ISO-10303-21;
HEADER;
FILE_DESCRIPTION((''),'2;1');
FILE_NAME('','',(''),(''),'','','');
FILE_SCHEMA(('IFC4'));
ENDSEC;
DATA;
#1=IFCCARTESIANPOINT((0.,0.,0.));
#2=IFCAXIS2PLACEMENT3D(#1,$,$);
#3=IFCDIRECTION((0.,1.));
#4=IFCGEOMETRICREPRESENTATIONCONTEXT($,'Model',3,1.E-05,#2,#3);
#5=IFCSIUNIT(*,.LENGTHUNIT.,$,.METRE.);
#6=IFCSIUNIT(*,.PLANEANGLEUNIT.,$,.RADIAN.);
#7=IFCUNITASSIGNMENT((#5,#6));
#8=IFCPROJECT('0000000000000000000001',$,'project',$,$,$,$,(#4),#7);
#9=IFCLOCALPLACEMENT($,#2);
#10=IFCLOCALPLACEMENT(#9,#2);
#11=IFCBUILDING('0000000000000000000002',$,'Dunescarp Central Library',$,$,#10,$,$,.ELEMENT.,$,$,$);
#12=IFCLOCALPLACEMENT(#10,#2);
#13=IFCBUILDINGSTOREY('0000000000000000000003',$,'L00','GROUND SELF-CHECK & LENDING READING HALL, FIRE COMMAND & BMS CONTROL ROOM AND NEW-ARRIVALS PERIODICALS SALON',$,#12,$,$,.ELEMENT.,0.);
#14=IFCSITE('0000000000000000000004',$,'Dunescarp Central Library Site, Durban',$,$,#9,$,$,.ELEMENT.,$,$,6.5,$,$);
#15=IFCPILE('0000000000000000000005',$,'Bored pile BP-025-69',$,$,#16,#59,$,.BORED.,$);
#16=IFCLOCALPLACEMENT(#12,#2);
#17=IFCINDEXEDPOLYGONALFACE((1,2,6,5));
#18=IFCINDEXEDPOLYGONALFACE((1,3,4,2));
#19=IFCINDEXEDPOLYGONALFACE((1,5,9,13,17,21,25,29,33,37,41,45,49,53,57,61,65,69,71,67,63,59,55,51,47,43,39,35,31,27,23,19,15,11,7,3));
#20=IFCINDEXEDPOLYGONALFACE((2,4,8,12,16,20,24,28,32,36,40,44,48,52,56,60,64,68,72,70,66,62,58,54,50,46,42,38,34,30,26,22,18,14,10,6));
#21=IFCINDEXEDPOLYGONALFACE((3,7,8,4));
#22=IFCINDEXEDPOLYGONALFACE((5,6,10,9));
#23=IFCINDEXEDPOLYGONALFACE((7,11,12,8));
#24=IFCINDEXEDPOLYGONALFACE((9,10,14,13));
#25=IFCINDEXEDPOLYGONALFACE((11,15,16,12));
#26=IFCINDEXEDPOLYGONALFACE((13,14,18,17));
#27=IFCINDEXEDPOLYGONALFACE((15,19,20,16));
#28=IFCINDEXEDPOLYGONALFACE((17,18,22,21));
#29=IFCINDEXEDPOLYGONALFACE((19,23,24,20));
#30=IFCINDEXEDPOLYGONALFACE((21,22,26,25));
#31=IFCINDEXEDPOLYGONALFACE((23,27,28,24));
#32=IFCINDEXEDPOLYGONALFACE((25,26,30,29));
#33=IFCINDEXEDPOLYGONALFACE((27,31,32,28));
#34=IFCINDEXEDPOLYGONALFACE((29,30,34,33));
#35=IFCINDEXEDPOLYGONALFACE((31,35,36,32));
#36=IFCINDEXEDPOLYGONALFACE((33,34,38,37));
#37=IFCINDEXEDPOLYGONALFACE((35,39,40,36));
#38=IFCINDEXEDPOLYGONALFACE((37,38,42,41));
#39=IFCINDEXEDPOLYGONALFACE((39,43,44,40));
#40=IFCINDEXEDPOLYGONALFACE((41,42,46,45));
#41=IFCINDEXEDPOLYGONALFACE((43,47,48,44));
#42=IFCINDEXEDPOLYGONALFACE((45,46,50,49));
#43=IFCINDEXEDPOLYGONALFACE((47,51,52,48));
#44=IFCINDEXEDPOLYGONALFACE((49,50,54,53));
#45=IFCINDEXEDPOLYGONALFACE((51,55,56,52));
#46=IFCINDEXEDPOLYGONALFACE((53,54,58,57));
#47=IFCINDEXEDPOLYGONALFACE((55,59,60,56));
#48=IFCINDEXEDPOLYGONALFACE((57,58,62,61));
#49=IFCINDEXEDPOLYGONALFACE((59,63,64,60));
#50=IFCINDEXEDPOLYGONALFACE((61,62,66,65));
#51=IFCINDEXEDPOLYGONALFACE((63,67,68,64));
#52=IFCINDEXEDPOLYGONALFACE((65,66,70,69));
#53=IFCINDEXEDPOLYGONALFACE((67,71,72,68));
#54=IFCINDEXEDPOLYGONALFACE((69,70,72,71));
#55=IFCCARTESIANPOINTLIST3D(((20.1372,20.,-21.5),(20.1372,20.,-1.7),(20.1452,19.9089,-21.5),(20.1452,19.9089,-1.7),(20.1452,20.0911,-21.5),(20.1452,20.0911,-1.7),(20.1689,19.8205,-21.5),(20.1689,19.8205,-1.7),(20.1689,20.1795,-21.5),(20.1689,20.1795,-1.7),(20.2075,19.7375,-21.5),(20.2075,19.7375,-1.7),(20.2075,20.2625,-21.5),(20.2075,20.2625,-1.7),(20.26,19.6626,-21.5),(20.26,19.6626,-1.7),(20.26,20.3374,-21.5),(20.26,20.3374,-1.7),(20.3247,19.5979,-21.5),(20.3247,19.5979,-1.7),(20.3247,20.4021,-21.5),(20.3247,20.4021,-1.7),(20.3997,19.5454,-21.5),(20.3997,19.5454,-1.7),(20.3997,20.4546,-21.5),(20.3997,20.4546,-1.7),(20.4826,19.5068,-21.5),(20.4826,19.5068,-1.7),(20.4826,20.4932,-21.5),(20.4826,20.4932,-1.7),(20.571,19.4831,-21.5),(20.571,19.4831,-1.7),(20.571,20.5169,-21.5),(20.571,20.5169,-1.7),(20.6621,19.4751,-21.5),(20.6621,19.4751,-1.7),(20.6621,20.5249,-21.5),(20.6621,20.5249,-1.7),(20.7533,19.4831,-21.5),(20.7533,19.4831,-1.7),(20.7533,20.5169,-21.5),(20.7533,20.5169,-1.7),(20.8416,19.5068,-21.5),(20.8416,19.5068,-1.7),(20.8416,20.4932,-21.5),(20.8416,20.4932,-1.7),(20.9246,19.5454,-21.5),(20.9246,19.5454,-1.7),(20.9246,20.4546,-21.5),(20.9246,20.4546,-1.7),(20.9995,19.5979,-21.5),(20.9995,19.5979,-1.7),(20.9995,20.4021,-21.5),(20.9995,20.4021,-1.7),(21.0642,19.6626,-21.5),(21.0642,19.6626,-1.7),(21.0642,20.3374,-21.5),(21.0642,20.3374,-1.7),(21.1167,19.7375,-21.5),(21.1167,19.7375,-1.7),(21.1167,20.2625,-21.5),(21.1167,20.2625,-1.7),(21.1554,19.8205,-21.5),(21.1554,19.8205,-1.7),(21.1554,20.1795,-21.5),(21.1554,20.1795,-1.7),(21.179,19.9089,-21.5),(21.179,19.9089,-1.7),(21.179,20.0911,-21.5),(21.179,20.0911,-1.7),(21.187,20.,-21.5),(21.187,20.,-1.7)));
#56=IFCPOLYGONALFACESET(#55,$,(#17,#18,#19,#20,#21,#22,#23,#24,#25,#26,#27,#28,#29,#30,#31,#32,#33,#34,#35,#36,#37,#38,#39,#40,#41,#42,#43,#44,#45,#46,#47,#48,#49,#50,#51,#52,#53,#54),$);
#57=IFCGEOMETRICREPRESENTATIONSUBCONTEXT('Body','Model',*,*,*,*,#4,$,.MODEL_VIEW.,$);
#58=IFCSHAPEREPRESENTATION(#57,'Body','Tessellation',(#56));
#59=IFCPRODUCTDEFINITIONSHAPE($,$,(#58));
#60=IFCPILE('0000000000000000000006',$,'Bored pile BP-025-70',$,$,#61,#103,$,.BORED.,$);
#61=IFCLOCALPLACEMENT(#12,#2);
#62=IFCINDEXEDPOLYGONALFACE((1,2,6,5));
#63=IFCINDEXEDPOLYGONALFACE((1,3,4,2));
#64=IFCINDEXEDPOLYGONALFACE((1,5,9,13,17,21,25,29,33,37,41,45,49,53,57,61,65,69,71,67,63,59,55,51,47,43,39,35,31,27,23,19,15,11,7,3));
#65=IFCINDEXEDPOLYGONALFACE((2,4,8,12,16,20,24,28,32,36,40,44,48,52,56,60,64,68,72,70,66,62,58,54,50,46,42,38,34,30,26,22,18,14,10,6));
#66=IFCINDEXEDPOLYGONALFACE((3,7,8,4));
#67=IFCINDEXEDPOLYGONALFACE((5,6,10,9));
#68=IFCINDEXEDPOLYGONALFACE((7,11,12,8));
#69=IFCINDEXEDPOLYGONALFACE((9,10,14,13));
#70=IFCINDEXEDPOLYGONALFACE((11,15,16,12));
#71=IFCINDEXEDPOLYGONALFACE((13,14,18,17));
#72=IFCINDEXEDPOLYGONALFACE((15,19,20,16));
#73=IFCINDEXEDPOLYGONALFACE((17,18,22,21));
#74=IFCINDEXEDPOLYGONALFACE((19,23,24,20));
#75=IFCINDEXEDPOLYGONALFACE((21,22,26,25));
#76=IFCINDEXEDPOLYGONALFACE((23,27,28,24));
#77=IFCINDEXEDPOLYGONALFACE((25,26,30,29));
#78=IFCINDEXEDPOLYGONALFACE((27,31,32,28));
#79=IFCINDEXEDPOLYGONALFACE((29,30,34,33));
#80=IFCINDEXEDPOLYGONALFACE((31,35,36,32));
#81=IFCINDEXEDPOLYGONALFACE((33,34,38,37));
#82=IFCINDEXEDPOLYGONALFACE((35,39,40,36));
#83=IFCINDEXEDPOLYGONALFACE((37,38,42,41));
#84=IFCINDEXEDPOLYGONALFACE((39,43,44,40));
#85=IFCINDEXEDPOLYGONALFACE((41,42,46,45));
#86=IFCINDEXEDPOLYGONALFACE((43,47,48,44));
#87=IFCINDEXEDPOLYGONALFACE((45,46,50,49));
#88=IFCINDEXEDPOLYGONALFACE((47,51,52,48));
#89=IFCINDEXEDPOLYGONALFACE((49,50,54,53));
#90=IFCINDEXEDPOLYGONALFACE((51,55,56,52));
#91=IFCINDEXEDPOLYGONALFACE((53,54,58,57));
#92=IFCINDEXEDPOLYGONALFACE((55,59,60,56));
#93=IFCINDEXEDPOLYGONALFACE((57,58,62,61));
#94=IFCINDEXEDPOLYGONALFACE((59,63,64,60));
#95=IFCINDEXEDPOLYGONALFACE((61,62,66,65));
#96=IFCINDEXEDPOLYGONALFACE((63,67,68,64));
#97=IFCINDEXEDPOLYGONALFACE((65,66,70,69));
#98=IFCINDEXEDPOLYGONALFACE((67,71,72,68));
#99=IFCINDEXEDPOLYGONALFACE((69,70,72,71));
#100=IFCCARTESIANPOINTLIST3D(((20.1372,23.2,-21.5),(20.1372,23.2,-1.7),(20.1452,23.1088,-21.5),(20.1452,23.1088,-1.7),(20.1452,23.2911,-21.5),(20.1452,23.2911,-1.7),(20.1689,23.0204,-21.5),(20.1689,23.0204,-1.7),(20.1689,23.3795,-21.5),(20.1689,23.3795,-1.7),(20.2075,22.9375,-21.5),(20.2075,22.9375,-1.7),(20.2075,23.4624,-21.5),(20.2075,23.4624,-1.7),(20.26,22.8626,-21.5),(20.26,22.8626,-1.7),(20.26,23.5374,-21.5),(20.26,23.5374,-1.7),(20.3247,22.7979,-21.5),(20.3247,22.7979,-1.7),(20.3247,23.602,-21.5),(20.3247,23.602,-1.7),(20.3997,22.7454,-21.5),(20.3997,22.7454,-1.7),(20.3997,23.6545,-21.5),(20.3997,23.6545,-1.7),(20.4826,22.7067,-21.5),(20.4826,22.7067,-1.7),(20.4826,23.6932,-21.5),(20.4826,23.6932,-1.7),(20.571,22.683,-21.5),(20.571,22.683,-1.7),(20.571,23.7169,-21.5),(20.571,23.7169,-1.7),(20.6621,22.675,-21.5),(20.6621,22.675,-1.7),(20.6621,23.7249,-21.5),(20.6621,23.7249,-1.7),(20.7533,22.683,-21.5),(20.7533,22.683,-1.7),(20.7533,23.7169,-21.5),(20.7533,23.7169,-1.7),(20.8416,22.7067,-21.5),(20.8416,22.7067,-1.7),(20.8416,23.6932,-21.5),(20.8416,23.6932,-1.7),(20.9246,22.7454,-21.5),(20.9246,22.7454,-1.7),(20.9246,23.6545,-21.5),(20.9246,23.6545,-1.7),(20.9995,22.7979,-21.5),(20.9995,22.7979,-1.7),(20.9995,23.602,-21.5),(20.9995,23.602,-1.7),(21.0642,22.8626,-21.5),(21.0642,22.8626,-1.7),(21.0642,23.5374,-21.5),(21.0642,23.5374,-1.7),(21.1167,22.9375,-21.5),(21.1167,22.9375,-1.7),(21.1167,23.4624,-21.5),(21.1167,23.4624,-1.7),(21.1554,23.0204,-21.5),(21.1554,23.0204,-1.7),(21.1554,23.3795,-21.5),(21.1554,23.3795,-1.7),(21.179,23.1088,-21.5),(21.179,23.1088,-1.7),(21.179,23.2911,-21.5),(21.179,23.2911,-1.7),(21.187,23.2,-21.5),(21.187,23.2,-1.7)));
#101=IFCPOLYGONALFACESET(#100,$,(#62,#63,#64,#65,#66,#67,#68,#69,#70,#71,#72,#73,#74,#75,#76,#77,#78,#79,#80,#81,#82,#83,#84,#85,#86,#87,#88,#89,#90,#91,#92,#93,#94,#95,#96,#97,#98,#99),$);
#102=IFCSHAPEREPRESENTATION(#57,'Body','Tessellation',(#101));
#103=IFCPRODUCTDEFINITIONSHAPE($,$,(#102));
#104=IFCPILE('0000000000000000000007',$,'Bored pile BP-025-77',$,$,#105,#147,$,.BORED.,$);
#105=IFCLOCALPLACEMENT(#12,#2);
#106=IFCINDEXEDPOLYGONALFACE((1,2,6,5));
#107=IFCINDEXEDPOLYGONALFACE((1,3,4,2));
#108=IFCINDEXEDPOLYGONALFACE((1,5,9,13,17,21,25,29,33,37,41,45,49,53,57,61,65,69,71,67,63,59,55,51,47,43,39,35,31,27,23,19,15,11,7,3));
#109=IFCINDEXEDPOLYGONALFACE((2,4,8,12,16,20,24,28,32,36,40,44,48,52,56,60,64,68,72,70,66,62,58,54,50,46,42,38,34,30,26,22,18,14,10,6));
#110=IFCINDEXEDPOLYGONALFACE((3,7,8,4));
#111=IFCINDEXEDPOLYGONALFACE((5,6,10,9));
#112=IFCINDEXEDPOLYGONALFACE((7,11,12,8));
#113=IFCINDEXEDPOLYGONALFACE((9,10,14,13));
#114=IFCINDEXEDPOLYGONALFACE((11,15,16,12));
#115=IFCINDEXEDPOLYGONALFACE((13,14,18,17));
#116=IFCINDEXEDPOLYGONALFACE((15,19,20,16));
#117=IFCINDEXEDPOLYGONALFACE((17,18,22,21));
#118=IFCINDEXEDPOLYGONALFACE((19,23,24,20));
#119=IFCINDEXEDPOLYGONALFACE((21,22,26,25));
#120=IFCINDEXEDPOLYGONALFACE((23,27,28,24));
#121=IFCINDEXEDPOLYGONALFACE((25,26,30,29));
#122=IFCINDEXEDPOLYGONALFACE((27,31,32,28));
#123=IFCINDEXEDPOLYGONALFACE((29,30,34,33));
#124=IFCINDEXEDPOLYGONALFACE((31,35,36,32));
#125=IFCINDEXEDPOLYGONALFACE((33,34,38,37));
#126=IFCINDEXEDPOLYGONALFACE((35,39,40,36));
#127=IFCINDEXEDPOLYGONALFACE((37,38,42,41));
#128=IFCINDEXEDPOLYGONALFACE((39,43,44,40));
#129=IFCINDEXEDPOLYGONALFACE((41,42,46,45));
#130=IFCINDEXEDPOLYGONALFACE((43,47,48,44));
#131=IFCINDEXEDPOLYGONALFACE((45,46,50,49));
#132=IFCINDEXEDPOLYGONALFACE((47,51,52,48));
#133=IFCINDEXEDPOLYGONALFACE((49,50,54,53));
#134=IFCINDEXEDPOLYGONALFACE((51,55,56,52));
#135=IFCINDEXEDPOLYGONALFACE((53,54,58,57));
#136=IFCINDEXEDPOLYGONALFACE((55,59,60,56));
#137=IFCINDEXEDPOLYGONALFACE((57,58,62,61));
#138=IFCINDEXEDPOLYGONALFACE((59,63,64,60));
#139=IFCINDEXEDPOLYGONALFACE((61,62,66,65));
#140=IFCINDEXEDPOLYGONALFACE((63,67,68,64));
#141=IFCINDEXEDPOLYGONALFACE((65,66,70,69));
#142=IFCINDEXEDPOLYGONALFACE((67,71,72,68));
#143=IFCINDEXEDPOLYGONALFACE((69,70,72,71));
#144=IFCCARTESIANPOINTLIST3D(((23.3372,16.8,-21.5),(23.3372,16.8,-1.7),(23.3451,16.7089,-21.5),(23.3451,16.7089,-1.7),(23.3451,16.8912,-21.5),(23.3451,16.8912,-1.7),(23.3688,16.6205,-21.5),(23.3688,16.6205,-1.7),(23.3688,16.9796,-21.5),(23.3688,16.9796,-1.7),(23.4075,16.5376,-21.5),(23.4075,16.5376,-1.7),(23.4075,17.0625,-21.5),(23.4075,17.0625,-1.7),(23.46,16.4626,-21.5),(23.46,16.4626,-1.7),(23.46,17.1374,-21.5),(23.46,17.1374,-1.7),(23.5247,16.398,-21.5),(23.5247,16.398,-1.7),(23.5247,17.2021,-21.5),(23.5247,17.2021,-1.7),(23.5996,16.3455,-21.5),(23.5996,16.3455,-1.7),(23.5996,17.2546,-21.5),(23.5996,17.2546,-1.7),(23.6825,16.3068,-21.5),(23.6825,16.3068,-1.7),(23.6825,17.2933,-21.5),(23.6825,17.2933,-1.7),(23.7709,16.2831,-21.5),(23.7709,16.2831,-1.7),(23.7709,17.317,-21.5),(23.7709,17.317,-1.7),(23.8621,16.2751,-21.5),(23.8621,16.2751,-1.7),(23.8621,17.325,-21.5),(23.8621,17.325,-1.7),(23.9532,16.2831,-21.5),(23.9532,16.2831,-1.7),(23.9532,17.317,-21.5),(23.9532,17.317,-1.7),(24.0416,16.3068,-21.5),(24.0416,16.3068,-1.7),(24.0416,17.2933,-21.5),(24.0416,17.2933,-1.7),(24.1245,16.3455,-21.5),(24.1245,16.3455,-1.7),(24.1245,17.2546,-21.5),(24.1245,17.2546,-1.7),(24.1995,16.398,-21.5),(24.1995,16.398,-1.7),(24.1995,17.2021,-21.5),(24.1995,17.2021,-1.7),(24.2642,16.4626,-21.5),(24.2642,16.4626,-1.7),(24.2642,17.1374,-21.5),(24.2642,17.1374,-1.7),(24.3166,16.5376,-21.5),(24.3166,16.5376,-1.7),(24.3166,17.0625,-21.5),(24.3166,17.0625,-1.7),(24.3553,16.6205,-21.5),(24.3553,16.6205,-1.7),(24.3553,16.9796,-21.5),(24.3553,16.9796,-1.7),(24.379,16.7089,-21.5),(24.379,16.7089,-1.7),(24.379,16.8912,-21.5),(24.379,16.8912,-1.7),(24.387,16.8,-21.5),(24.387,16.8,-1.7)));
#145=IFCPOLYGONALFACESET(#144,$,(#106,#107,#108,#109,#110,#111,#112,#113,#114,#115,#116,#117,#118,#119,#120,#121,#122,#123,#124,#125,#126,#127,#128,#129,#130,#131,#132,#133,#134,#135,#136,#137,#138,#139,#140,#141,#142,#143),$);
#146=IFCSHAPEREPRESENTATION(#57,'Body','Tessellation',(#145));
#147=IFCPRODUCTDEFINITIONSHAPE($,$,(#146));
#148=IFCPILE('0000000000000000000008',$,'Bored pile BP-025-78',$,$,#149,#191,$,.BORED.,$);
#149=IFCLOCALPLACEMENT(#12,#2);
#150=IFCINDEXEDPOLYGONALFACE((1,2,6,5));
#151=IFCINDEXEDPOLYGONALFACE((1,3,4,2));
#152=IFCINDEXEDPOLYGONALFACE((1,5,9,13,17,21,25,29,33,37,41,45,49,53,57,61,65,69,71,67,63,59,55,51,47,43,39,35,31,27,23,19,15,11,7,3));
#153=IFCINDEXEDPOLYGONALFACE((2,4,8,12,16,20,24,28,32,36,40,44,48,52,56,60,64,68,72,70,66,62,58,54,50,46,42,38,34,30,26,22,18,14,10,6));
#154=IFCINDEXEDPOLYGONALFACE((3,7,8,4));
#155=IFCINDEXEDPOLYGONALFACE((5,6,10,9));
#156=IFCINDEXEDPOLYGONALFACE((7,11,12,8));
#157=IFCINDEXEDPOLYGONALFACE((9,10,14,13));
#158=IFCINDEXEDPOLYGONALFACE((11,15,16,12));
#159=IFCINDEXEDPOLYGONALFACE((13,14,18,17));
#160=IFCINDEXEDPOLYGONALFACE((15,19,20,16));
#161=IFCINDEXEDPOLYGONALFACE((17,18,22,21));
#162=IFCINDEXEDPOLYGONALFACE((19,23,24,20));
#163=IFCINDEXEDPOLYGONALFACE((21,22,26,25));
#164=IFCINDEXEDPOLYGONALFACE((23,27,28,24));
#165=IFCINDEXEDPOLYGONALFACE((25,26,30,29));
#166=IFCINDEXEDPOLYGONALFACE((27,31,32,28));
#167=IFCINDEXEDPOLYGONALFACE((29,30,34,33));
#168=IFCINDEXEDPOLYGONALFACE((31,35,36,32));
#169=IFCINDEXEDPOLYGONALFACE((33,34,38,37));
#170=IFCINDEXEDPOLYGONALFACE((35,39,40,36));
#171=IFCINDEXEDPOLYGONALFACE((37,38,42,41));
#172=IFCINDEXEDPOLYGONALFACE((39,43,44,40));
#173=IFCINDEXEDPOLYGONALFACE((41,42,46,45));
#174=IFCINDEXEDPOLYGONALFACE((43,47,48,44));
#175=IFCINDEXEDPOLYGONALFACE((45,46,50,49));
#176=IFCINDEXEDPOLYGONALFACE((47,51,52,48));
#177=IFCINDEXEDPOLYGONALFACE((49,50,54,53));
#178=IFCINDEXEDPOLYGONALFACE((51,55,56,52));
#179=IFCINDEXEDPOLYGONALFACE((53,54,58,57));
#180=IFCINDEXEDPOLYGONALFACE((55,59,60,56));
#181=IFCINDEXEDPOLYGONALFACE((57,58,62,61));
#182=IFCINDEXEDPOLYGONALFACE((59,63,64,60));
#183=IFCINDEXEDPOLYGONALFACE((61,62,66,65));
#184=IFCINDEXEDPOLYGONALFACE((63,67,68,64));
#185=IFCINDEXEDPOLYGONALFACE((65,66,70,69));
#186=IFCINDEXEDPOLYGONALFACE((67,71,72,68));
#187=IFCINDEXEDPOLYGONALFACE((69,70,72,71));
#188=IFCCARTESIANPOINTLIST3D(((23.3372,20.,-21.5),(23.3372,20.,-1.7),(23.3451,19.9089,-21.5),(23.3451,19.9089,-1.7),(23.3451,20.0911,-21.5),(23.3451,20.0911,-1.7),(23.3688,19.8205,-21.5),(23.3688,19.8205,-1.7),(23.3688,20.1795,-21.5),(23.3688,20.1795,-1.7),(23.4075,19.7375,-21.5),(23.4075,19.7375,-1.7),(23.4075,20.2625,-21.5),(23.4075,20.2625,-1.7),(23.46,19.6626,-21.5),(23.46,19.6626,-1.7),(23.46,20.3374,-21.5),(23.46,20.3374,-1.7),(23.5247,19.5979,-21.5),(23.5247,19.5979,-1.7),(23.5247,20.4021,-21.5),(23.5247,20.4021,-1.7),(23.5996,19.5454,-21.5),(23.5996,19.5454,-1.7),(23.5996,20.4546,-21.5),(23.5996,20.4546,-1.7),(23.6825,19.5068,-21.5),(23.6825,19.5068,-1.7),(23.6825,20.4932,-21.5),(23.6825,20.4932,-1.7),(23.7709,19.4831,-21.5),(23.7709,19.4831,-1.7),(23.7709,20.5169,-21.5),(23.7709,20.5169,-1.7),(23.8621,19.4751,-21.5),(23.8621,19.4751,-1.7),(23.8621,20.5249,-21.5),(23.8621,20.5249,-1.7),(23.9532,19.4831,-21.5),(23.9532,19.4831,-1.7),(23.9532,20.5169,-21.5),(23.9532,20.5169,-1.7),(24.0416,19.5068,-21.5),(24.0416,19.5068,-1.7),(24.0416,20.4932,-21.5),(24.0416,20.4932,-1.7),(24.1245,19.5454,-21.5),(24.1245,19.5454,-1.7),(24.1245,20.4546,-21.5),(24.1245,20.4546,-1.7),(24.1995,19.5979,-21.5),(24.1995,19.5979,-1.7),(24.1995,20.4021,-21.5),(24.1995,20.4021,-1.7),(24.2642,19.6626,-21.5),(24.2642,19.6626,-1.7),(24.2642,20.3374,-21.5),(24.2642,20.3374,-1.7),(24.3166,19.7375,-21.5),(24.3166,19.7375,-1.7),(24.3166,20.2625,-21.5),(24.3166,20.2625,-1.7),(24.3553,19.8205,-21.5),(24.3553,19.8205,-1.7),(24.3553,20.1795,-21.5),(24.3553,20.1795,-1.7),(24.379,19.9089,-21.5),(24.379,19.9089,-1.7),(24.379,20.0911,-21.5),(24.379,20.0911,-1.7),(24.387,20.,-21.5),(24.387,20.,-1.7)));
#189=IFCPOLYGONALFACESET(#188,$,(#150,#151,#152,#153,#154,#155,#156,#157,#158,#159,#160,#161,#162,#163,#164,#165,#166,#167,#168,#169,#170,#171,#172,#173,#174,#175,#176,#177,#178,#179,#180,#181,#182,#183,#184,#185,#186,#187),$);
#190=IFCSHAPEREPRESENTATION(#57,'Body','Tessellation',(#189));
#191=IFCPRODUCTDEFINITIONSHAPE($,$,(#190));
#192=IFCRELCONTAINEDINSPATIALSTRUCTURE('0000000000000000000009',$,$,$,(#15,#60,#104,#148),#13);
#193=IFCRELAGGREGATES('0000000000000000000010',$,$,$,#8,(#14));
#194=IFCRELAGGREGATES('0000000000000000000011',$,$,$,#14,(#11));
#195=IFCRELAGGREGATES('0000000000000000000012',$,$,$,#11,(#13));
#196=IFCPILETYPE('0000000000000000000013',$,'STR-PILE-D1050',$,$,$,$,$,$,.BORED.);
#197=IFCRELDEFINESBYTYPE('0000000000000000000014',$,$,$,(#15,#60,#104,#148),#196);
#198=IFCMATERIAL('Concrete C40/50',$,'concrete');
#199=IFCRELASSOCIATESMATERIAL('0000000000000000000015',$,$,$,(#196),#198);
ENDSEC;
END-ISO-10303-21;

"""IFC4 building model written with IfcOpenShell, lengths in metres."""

from ifc_helpers import new_model, si_unit, direction, frame, origin, origin_2d, place, context, subcontext, project, spatial, circle, extrude, material, material_profile, profile_set, type_object, element, save


model = new_model("IFC4")

# Units and contexts
model_context = context("Model", 3, precision=1e-05, world=origin(), true_north=direction((0.0, 1.0)))
body_context = subcontext(model_context, "Body", "Model", "MODEL_VIEW")
ifc_project = project(units=[si_unit("LENGTHUNIT", "METRE"), si_unit("PLANEANGLEUNIT", "RADIAN")], contexts=[model_context])

# Site, building, storey
site_placement = place(None, origin())
site = spatial("IfcSite", under=ifc_project, at=site_placement, Name="Dunescarp Central Library Site, Durban", CompositionType="ELEMENT", RefElevation=6.5)
building_placement = place(site_placement, origin())
building = spatial("IfcBuilding", under=site, at=building_placement, Name="Dunescarp Central Library", CompositionType="ELEMENT")
storey_placement = place(building_placement, origin())
storey = spatial("IfcBuildingStorey", under=building, at=storey_placement, Name="L00", Description="GROUND SELF-CHECK & LENDING READING HALL, FIRE COMMAND & BMS CONTROL ROOM AND NEW-ARRIVALS PERIODICALS SALON", CompositionType="ELEMENT", Elevation=0.0)

# Shared definitions
ifc_material_1 = material(Name="Concrete C40/50", Category="concrete")

# Piles
ifc_material_profile_1 = material_profile(ifc_material_1, circle(Radius=0.5249, at=origin_2d()), Name="PILE D1050")
ifc_profile_set_1 = profile_set([ifc_material_profile_1], Name="Concrete C40/50")
pile_type = type_object("IfcPileType", Name="STR-PILE-D1050", PredefinedType="BORED", material=ifc_profile_set_1)
for number, where, z_axis, x_axis, name in (
    (1, (20.6621, 20.0, -1.7), (0.0, 0.0, -1.0), (1.0, 0.0, 0.0), "Bored pile BP-025-69"),
    (2, (20.6621, 23.2, -1.7), (0.0, 0.0, -1.0), (1.0, 0.0, 0.0), "Bored pile BP-025-70"),
    (3, (23.8621, 16.8, -1.7), (0.0, 0.0, -1.0), (1.0, 0.0, 0.0), "Bored pile BP-025-77"),
    (4, (23.8621, 20.0, -1.7), (0.0, 0.0, -1.0), (1.0, 0.0, 0.0), "Bored pile BP-025-78"),
):
    element("IfcPile", number, at=place(storey_placement, frame(where, z_axis=z_axis, x_axis=x_axis)), inside=storey, type_object=pile_type, Name=name, PredefinedType="BORED", context=body_context, shape_type="SweptSolid", body=[
        extrude(circle(Radius=0.5249, at=origin_2d()), origin(), (0.0, 0.0, 1.0), 19.8),
    ])

save(model, "model.ifc")
